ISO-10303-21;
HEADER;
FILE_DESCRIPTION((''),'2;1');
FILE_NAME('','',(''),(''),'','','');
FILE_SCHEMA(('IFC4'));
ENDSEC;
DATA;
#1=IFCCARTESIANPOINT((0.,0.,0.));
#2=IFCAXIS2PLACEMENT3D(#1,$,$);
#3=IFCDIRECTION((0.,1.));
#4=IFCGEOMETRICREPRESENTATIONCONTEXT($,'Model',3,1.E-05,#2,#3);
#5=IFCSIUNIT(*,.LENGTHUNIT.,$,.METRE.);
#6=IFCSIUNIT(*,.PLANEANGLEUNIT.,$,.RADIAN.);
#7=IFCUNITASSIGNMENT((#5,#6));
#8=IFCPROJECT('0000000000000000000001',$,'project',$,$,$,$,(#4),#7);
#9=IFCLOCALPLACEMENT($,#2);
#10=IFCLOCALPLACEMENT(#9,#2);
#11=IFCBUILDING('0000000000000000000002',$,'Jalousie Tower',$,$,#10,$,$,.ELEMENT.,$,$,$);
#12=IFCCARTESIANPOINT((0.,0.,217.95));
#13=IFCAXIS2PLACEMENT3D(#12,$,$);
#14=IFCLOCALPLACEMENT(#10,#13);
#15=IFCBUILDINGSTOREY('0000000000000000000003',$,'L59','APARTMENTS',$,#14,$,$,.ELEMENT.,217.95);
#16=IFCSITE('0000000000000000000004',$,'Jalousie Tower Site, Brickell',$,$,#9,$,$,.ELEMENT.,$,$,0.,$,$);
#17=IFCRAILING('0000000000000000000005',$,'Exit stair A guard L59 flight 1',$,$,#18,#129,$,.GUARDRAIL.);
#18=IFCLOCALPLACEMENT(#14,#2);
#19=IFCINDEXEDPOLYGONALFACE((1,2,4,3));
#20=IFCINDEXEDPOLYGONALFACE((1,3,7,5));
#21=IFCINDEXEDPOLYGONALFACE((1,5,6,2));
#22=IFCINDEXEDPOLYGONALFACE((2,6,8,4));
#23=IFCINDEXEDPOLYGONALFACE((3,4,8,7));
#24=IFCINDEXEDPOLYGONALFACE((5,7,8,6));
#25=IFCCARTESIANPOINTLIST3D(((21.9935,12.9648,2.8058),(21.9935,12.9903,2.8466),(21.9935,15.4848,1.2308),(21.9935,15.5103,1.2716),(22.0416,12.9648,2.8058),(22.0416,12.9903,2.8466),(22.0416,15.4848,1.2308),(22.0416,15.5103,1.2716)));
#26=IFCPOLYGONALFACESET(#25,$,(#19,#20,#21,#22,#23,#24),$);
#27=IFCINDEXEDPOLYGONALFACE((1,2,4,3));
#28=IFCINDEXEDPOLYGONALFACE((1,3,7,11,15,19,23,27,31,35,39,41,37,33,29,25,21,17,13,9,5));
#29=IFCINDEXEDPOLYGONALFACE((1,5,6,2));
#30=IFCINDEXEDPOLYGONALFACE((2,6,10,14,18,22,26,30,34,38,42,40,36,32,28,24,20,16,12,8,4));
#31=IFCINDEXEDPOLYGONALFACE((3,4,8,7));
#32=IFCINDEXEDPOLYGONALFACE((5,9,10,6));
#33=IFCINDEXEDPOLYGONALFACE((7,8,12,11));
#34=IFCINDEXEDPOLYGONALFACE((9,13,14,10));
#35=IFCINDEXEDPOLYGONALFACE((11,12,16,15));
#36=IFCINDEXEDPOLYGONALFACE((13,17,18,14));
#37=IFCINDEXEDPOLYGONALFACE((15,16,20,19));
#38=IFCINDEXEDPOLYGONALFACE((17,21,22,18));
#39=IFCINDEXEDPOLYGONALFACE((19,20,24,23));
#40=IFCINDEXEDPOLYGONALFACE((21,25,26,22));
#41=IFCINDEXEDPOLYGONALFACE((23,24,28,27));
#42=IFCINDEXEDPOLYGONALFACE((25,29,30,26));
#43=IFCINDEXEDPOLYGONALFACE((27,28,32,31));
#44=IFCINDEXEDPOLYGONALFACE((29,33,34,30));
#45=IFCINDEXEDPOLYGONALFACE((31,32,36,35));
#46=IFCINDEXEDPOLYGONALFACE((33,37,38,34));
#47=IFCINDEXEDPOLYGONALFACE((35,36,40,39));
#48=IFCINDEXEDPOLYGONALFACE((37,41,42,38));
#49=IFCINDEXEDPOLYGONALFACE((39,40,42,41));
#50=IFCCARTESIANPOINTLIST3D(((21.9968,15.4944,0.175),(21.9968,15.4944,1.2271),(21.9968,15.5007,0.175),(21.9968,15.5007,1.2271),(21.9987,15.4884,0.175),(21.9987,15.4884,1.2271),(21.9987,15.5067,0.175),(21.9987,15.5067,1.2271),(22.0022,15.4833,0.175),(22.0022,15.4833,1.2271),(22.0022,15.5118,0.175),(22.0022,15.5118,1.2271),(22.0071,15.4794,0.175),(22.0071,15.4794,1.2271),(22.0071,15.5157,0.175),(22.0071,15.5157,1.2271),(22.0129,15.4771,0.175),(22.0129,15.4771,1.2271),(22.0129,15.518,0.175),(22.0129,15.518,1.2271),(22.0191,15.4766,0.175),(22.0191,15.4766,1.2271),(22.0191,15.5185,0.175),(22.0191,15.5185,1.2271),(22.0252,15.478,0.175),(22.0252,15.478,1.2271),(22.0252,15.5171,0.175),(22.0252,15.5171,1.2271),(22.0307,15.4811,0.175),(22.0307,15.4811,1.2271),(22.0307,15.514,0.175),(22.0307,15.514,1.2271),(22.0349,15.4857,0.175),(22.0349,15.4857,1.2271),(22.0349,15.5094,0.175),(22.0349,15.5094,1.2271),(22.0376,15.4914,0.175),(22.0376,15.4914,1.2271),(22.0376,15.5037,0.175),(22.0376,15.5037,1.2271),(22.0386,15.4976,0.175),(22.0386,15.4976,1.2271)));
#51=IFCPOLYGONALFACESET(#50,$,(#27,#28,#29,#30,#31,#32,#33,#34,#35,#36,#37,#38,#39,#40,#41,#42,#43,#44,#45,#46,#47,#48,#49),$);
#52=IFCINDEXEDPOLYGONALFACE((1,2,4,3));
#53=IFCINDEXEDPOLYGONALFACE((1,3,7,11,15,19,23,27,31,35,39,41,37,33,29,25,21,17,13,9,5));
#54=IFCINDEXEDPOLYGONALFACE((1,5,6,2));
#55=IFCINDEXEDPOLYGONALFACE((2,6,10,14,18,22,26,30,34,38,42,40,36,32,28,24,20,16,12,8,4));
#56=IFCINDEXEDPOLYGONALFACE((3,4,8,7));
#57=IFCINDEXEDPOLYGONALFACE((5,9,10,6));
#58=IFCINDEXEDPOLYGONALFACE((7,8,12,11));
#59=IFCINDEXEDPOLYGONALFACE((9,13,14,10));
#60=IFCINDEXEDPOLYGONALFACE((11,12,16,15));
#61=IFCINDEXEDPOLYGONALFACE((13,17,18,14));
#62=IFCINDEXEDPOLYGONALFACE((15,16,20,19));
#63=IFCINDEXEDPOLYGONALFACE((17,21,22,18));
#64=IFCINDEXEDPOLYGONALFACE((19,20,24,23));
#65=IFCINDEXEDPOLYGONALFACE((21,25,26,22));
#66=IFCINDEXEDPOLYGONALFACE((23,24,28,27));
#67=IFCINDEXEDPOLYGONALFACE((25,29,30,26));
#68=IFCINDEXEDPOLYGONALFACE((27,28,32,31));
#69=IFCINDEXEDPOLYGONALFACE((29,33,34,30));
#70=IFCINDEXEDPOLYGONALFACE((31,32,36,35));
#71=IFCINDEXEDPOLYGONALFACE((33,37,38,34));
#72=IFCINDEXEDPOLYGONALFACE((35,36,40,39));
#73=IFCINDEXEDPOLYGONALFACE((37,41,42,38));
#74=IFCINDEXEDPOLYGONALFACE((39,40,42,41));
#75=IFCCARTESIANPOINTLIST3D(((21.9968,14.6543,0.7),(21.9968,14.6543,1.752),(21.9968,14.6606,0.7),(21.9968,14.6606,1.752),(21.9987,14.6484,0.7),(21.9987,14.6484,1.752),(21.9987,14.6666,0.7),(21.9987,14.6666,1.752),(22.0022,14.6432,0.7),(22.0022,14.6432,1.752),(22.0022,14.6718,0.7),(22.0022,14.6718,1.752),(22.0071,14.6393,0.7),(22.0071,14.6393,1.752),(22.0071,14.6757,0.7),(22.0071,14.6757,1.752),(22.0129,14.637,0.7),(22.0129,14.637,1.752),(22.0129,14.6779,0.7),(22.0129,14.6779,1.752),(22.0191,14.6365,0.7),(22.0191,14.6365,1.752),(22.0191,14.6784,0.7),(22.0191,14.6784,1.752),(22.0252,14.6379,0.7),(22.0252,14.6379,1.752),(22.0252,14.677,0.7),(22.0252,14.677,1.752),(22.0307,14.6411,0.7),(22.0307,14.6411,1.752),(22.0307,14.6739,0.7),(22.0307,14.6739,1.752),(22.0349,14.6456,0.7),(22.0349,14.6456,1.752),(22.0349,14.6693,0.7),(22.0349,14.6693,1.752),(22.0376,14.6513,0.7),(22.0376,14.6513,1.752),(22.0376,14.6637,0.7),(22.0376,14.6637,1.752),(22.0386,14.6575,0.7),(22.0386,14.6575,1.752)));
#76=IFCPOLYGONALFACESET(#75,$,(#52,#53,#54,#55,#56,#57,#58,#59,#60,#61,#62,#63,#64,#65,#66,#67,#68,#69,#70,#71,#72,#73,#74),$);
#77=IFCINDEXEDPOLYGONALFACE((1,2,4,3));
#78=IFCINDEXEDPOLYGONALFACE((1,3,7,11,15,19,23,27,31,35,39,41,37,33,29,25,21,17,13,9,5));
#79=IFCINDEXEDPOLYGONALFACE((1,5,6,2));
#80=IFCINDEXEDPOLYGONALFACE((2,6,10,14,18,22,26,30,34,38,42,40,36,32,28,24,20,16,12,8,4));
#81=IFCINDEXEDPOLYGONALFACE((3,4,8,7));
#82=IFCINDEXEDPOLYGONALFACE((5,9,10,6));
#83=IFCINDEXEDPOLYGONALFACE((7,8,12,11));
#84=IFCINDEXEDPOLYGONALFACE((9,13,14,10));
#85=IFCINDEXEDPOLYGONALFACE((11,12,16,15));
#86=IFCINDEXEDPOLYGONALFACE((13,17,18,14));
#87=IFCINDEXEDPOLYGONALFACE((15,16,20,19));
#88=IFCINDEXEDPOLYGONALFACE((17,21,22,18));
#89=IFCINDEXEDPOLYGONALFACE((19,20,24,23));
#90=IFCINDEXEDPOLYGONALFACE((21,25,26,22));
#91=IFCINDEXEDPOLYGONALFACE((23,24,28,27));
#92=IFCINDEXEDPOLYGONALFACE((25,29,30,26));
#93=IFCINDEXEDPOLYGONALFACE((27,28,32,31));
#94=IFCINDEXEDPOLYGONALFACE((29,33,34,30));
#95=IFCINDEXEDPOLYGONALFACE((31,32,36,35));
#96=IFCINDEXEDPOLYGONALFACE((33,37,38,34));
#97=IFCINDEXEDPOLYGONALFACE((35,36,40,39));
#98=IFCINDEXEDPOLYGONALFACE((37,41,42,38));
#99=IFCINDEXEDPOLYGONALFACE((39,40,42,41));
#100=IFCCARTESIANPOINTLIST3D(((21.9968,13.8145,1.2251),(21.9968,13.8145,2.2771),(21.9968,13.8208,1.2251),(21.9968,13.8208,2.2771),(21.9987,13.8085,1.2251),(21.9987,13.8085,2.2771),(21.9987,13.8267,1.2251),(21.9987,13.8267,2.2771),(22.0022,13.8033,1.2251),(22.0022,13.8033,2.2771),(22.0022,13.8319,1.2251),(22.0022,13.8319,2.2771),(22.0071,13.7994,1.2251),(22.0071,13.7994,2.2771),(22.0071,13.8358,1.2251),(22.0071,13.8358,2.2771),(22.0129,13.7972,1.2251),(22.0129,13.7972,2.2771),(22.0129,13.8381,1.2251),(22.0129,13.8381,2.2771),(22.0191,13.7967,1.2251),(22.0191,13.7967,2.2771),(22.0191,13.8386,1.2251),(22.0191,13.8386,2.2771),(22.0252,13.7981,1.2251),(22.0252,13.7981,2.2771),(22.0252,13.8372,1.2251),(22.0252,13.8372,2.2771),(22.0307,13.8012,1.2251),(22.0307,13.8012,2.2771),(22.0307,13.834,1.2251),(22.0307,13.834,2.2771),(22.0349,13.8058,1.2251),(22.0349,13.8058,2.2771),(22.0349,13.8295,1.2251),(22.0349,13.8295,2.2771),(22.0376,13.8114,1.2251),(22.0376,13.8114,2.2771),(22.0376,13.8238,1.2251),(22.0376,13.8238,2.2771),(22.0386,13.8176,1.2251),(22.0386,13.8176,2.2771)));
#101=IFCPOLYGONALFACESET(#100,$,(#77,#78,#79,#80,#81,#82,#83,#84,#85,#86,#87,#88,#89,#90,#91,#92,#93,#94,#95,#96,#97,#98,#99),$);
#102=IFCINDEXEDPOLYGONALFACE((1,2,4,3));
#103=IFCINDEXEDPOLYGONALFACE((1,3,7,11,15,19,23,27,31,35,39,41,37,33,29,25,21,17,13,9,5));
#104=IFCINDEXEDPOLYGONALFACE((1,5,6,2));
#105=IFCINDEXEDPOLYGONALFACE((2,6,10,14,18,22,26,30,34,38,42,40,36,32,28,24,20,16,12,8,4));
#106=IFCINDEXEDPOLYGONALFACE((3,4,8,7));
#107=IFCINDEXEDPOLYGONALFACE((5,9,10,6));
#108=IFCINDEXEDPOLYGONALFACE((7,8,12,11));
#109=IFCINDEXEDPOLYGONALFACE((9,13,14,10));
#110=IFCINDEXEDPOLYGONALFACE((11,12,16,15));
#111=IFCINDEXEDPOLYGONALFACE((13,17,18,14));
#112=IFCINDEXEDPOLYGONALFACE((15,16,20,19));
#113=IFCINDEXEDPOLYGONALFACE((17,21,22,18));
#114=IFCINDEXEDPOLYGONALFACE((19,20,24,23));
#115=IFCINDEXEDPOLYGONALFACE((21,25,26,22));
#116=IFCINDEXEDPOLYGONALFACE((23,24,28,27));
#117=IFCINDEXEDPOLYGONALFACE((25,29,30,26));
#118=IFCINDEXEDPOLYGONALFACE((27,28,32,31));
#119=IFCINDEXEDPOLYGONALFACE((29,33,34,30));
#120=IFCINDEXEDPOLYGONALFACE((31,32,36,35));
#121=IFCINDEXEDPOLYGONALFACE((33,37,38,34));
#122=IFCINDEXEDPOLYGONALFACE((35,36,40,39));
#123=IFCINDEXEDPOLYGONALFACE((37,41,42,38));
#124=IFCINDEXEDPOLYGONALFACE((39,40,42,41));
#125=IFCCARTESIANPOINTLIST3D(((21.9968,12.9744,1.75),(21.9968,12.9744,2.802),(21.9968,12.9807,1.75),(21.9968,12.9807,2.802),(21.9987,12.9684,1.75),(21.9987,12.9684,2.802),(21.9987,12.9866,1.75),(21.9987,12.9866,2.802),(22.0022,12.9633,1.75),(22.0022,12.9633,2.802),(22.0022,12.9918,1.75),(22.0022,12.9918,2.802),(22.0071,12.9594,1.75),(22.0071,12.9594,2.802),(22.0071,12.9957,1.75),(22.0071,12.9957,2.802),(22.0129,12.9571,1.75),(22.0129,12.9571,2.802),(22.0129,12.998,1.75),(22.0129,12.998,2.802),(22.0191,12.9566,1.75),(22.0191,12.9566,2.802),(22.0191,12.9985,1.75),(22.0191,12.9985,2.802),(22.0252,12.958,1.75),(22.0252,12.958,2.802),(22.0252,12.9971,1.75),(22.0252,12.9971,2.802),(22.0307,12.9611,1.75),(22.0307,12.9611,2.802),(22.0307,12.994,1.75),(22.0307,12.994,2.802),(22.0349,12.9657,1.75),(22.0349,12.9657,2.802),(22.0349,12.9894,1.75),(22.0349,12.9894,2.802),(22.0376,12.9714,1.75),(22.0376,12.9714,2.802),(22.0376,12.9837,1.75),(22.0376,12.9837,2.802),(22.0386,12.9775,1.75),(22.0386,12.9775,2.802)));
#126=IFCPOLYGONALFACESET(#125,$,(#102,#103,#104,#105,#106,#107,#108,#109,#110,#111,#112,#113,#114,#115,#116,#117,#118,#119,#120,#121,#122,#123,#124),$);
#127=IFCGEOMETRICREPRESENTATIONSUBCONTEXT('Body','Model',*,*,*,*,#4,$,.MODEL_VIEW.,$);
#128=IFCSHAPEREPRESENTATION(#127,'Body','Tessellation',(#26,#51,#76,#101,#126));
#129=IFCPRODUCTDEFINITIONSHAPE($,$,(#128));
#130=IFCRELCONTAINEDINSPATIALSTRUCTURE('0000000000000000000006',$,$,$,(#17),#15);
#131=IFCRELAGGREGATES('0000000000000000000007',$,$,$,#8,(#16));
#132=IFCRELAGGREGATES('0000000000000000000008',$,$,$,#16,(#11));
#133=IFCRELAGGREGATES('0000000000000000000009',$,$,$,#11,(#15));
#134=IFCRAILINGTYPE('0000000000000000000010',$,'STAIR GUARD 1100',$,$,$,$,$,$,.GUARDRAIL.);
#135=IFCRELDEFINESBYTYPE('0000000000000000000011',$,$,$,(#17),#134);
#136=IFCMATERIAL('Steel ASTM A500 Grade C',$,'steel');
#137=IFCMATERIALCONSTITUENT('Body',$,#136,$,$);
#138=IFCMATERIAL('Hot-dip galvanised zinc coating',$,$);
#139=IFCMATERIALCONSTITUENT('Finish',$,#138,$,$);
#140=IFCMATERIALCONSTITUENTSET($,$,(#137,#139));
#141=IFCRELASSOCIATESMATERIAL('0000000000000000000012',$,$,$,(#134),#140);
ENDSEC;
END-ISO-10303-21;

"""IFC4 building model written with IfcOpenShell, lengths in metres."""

from ifc_helpers import new_model, si_unit, direction, frame, origin, origin_2d, place, context, subcontext, project, spatial, rectangle, circle, extrude, material, constituent, constituent_set, type_object, element, save


model = new_model("IFC4")

# Units and contexts
model_context = context("Model", 3, precision=1e-05, world=origin(), true_north=direction((0.0, 1.0)))
body_context = subcontext(model_context, "Body", "Model", "MODEL_VIEW")
ifc_project = project(units=[si_unit("LENGTHUNIT", "METRE"), si_unit("PLANEANGLEUNIT", "RADIAN")], contexts=[model_context])

# Site, building, storey
site_placement = place(None, origin())
site = spatial("IfcSite", under=ifc_project, at=site_placement, Name="Jalousie Tower Site, Brickell", CompositionType="ELEMENT", RefElevation=0.0)
building_placement = place(site_placement, origin())
building = spatial("IfcBuilding", under=site, at=building_placement, Name="Jalousie Tower", CompositionType="ELEMENT")
storey_placement = place(building_placement, frame((0.0, 0.0, 217.95)))
storey = spatial("IfcBuildingStorey", under=building, at=storey_placement, Name="L59", Description="APARTMENTS", CompositionType="ELEMENT", Elevation=217.95)

# Railing
ifc_material_1 = material(Name="Steel ASTM A500 Grade C", Category="steel")
ifc_constituent_1 = constituent(ifc_material_1, Name="Body")
ifc_material_2 = material(Name="Hot-dip galvanised zinc coating")
ifc_constituent_2 = constituent(ifc_material_2, Name="Finish")
ifc_constituent_set_1 = constituent_set(constituents=[ifc_constituent_1, ifc_constituent_2])
railing_type = type_object("IfcRailingType", Name="STAIR GUARD 1100", PredefinedType="GUARDRAIL", material=ifc_constituent_set_1)
railing_placement = place(storey_placement, frame((22.0176, 15.4976, 0.175)))
element("IfcRailing", 1, at=railing_placement, inside=storey, type_object=railing_type, Name="Exit stair A guard L59 flight 1", PredefinedType="GUARDRAIL", context=body_context, shape_type="SweptSolid", body=[
    extrude(rectangle(XDim=0.0481, YDim=0.0481, at=origin_2d()), frame((0.0, 0.0, 1.0762), z_axis=(0.0, -0.848008, 0.529984), x_axis=(1.0, 0.0, 0.0)), (0.0, 0.0, 1.0), 2.9717),
    extrude(circle(Radius=0.021, at=origin_2d()), origin(), (0.0, 0.0, 1.0), 1.052),
    extrude(circle(Radius=0.021, at=origin_2d()), frame((0.0, -0.8401, 0.5249)), (0.0, 0.0, 1.0), 1.052),
    extrude(circle(Radius=0.021, at=origin_2d()), frame((0.0, -1.6799, 1.05)), (0.0, 0.0, 1.0), 1.052),
    extrude(circle(Radius=0.021, at=origin_2d()), frame((0.0, -2.52, 1.575)), (0.0, 0.0, 1.0), 1.052),
])

save(model, "model.ifc")
